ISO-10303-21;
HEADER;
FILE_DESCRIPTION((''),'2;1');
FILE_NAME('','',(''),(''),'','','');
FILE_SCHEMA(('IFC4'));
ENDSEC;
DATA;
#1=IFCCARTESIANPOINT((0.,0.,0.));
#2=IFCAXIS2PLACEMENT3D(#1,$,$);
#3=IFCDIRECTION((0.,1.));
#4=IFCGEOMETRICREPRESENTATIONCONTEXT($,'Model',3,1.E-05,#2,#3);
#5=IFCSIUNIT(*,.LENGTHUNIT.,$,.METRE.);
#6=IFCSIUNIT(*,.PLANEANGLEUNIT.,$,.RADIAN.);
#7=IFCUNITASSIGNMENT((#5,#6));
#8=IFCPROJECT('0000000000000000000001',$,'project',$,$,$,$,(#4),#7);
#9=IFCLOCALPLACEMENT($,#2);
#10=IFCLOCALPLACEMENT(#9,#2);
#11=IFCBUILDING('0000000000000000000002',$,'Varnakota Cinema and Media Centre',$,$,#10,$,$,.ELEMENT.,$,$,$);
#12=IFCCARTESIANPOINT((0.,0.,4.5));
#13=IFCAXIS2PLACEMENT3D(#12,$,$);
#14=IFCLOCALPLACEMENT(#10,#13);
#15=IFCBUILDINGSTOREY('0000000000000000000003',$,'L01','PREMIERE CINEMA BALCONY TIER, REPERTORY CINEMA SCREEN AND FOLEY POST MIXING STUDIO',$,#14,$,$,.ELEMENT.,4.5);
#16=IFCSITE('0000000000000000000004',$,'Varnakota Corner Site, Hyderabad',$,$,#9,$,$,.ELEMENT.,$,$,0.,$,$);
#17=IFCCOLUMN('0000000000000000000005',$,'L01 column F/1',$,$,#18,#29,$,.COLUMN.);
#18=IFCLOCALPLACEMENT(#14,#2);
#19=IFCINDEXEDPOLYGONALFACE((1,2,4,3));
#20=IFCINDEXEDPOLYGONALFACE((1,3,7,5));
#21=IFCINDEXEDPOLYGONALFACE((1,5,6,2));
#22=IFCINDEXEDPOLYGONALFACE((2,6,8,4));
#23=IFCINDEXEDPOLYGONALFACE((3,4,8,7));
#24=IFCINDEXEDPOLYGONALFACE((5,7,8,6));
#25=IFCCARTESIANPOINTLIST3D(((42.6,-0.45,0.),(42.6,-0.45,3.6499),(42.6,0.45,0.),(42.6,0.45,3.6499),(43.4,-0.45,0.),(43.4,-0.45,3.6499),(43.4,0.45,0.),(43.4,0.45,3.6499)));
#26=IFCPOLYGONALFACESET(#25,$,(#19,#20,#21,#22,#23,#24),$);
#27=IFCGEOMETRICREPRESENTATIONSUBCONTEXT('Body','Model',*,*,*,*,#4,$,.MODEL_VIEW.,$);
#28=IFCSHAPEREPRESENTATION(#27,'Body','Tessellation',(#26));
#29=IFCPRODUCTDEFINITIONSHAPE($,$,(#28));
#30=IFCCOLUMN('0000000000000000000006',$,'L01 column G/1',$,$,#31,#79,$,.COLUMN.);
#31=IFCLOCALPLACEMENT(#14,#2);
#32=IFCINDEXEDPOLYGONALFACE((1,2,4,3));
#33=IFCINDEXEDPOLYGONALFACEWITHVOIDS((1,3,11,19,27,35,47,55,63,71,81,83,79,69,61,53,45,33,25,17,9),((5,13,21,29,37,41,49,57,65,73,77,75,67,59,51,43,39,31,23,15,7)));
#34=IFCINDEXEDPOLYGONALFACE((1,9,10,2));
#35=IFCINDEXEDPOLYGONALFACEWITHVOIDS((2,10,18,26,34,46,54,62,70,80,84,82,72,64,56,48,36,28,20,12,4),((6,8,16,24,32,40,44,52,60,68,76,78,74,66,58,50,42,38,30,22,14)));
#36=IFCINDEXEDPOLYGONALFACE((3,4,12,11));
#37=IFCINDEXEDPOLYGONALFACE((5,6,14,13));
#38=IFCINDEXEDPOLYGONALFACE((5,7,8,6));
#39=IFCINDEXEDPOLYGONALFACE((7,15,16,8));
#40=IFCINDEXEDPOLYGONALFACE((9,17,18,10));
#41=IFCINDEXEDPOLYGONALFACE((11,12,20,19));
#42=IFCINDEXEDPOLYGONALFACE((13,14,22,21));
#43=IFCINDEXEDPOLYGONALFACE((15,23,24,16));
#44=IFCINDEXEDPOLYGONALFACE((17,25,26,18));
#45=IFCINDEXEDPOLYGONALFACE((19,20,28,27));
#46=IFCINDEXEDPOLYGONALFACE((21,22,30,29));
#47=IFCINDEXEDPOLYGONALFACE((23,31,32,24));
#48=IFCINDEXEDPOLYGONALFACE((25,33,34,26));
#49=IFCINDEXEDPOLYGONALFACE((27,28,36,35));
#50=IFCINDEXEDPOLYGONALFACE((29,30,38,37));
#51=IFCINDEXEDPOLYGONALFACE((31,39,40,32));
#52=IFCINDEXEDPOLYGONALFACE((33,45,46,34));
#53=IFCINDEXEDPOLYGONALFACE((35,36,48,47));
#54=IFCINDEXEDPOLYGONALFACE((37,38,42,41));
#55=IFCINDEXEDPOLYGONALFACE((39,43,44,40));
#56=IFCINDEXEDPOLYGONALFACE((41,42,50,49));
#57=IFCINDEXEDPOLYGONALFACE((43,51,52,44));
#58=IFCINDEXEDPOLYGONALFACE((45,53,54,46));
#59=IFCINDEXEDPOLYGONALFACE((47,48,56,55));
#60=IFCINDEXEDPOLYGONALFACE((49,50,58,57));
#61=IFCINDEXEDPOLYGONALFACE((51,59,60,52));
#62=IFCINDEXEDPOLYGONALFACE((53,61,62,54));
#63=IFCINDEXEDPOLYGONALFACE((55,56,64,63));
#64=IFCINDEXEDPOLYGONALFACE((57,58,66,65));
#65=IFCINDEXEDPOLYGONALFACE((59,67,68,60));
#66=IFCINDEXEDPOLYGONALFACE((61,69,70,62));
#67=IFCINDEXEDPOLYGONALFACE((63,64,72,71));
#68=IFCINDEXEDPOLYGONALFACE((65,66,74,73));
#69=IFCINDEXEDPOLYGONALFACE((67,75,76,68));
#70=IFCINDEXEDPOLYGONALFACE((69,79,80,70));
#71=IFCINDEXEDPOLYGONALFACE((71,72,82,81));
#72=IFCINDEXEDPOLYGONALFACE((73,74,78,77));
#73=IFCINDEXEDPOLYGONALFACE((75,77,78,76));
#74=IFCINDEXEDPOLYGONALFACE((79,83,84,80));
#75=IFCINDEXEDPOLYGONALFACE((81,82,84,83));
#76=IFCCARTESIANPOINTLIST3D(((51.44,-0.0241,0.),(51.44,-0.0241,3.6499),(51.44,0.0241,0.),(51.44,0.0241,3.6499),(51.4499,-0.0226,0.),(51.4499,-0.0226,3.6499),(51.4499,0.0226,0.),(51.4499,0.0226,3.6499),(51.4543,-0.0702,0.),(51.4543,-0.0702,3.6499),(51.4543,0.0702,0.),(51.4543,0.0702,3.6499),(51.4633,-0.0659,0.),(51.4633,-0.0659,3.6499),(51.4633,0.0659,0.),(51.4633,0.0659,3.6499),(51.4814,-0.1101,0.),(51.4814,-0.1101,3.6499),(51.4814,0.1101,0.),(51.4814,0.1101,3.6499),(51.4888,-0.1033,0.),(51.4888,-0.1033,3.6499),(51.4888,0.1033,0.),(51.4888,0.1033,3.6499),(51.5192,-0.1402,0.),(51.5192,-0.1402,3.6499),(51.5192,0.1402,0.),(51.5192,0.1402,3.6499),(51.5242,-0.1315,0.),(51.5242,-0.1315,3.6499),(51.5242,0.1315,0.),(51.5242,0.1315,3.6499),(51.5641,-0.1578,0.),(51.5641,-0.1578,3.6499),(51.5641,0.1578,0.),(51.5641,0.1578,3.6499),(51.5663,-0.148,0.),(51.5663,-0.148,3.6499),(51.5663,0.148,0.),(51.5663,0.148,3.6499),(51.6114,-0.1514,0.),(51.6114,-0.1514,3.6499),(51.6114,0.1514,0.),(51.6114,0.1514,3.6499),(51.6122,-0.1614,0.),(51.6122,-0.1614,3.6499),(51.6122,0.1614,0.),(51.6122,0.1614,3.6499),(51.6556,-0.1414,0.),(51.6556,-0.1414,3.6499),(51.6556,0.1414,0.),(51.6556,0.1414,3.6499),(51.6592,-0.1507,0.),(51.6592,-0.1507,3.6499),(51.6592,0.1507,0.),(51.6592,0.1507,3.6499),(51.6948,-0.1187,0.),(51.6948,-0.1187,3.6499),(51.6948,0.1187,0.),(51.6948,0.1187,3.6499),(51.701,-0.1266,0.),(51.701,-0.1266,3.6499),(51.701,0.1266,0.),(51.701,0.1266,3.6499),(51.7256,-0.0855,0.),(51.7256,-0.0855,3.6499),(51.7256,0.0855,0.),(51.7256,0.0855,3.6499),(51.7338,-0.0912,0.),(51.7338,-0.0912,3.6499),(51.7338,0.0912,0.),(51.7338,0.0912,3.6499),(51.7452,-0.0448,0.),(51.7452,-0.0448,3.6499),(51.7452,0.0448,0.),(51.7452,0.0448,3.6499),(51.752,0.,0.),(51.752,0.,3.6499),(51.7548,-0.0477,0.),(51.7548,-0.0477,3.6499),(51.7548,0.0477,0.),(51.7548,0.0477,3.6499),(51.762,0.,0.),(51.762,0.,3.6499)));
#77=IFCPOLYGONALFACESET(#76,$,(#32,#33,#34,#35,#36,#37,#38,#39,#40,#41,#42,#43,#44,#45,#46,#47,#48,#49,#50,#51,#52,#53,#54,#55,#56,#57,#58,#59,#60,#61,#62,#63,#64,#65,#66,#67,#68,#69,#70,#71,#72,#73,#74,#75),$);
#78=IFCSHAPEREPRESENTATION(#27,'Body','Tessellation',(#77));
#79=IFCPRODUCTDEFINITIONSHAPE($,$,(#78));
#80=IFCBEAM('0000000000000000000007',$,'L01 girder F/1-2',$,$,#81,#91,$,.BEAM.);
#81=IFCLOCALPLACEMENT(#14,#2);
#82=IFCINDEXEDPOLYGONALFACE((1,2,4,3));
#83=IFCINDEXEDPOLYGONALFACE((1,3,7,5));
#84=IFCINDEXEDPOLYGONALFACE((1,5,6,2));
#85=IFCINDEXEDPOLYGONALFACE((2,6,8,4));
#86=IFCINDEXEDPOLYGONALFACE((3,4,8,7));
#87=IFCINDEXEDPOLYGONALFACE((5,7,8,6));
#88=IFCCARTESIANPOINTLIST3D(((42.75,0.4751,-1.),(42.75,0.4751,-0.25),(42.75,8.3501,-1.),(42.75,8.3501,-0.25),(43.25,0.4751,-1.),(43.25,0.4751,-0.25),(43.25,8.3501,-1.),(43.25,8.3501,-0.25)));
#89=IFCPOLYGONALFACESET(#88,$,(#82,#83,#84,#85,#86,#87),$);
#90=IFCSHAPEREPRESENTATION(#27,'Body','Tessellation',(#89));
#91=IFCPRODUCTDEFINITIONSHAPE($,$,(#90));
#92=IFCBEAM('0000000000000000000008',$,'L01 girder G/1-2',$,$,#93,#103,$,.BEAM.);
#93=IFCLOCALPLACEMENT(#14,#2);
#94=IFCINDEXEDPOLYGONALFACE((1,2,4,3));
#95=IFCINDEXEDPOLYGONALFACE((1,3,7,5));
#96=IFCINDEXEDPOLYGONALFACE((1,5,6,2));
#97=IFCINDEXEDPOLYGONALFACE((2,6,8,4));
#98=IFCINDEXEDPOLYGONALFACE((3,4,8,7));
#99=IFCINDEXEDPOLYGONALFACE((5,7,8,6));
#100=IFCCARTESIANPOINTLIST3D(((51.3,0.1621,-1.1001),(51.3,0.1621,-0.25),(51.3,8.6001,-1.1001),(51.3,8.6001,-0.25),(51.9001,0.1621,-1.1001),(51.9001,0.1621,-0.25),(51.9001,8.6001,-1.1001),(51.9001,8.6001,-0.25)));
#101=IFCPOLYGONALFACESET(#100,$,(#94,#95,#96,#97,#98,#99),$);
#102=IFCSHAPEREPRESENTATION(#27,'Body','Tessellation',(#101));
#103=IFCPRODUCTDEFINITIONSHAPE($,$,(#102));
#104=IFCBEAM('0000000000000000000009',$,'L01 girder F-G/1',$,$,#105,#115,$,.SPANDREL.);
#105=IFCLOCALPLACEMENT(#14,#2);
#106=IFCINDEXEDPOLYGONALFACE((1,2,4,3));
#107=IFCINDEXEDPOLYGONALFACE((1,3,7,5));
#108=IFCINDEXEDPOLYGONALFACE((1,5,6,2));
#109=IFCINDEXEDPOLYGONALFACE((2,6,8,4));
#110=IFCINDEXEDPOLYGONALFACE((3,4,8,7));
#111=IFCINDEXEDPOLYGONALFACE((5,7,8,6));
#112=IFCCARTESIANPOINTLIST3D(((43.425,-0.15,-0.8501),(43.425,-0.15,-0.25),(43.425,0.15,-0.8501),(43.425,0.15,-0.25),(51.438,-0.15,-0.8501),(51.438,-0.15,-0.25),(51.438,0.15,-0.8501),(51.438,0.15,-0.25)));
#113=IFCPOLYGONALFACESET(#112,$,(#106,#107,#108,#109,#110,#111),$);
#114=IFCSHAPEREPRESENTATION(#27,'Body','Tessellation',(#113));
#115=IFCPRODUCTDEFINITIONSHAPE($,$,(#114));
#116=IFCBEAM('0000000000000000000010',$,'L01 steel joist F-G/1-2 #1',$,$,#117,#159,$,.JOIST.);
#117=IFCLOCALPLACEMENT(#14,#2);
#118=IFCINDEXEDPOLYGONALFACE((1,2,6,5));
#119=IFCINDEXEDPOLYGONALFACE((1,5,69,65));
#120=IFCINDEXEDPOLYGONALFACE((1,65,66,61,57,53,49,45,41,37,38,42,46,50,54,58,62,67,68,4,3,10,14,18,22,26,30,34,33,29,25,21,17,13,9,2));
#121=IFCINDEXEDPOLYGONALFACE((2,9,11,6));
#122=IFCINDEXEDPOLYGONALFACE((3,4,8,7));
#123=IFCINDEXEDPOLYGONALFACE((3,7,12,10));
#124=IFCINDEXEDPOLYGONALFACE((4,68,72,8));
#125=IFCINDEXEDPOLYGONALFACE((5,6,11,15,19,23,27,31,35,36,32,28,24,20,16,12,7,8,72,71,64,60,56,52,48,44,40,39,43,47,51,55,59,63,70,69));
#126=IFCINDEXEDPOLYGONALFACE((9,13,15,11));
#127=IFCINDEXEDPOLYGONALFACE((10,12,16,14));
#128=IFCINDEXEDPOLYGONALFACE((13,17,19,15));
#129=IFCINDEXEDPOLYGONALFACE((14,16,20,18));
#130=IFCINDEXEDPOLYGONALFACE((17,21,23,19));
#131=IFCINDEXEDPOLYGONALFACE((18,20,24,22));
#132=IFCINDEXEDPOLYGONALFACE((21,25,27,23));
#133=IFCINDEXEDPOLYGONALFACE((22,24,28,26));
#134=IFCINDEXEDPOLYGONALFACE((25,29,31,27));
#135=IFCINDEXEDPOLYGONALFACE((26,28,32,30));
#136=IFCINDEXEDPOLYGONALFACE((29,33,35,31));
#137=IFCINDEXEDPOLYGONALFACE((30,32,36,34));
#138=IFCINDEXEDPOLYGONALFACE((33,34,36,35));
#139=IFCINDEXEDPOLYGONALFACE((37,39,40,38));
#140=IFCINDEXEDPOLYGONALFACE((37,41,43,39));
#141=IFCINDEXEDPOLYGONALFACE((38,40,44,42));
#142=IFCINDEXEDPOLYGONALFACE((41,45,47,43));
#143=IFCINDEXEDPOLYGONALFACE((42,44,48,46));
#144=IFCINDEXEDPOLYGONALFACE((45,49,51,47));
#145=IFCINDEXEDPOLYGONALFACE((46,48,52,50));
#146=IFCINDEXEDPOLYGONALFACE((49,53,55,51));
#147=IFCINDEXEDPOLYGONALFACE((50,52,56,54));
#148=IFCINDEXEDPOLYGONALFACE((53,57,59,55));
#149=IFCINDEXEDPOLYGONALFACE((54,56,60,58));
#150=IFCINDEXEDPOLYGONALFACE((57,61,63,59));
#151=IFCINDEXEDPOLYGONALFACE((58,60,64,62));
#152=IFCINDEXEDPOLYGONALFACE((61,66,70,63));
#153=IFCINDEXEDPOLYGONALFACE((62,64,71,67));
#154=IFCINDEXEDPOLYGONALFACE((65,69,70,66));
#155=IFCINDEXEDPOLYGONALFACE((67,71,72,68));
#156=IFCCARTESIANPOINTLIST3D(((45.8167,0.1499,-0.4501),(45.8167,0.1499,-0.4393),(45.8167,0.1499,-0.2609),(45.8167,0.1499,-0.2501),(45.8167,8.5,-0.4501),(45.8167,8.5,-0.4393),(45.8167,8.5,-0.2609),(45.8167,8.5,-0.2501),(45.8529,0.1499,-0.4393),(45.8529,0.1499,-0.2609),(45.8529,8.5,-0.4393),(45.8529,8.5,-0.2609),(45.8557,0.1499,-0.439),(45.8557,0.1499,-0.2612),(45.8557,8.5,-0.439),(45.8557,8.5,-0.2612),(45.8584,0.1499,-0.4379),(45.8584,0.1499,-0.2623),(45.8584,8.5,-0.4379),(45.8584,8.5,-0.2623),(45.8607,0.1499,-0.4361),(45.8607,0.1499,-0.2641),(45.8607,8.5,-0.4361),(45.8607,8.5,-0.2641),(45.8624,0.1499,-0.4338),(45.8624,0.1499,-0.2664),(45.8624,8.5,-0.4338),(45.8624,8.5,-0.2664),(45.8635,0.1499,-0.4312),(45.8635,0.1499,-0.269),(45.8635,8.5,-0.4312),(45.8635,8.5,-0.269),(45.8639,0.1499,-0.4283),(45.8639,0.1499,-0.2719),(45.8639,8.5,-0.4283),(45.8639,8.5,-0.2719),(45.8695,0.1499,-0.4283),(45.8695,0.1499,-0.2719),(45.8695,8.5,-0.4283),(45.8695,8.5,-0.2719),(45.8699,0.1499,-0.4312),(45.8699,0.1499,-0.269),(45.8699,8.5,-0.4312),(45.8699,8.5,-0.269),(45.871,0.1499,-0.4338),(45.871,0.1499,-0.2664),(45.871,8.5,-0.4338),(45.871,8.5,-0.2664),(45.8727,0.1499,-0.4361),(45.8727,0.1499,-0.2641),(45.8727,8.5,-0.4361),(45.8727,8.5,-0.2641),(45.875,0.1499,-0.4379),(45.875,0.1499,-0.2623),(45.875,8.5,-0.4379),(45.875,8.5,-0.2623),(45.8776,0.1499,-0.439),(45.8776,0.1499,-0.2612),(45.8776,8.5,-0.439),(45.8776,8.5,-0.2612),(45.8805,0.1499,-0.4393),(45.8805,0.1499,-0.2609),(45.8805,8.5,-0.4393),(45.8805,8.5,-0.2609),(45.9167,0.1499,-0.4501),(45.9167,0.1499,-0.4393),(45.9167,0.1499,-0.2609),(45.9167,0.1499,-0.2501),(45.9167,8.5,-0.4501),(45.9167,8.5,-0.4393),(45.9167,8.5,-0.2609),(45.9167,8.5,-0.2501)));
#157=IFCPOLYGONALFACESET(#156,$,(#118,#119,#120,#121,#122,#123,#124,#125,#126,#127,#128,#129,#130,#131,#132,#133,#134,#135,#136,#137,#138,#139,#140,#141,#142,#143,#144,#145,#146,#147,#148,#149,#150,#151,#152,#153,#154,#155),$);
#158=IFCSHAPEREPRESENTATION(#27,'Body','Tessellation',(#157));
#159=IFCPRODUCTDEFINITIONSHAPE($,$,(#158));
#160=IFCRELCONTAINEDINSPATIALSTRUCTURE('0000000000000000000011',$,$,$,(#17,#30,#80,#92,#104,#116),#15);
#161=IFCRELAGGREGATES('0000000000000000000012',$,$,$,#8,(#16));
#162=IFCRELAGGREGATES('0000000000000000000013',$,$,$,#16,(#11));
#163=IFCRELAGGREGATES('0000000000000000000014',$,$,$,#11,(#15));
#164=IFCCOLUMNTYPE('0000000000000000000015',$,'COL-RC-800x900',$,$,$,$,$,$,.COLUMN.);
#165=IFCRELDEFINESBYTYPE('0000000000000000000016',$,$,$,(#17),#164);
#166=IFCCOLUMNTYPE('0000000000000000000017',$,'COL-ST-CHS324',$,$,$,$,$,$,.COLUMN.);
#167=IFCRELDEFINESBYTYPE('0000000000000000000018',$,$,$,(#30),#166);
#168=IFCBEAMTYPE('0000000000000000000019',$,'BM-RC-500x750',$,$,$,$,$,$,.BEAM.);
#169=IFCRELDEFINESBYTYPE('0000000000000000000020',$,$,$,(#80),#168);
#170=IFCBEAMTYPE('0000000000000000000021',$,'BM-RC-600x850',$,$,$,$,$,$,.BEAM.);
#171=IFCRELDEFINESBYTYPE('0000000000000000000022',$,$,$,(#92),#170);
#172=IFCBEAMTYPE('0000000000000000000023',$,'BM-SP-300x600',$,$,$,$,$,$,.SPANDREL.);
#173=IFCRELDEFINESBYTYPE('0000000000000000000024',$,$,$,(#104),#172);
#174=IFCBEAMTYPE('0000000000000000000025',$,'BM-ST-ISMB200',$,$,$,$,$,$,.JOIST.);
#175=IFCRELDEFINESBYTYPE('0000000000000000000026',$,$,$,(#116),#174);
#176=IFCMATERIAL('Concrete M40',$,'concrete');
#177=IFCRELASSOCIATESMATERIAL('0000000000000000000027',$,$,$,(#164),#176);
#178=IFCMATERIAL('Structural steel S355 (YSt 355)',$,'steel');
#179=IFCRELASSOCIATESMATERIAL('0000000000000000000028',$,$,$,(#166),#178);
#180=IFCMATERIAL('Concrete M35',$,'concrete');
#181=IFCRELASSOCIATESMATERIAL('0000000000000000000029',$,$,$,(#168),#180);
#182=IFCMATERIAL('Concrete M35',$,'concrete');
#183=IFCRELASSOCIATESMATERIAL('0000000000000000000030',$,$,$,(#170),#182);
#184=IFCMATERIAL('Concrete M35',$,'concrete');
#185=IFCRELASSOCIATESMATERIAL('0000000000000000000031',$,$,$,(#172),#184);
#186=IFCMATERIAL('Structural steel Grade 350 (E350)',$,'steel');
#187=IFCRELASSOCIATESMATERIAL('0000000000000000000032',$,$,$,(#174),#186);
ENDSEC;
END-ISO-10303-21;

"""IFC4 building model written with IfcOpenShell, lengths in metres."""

from ifc_helpers import new_model, si_unit, direction, frame, origin, origin_2d, place, context, subcontext, project, spatial, rectangle, hollow_circle, i_section, extrude, material, material_profile, profile_set, type_object, element, save


model = new_model("IFC4")

# Units and contexts
model_context = context("Model", 3, precision=1e-05, world=origin(), true_north=direction((0.0, 1.0)))
body_context = subcontext(model_context, "Body", "Model", "MODEL_VIEW")
ifc_project = project(units=[si_unit("LENGTHUNIT", "METRE"), si_unit("PLANEANGLEUNIT", "RADIAN")], contexts=[model_context])

# Site, building, storey
site_placement = place(None, origin())
site = spatial("IfcSite", under=ifc_project, at=site_placement, Name="Varnakota Corner Site, Hyderabad", CompositionType="ELEMENT", RefElevation=0.0)
building_placement = place(site_placement, origin())
building = spatial("IfcBuilding", under=site, at=building_placement, Name="Varnakota Cinema and Media Centre", CompositionType="ELEMENT")
storey_placement = place(building_placement, frame((0.0, 0.0, 4.5)))
storey = spatial("IfcBuildingStorey", under=building, at=storey_placement, Name="L01", Description="PREMIERE CINEMA BALCONY TIER, REPERTORY CINEMA SCREEN AND FOLEY POST MIXING STUDIO", CompositionType="ELEMENT", Elevation=4.5)

# Columns
ifc_material_1 = material(Name="Concrete M40", Category="concrete")
ifc_material_profile_1 = material_profile(ifc_material_1, rectangle(XDim=0.8, YDim=0.8999, at=origin_2d()), Name="RC 800x900")
ifc_profile_set_1 = profile_set([ifc_material_profile_1], Name="Concrete M40")
column_type_1 = type_object("IfcColumnType", Name="COL-RC-800x900", PredefinedType="COLUMN", material=ifc_profile_set_1)
column_1_placement = place(storey_placement, frame((43.0, 0.0, 0.0), z_axis=(0.0, 0.0, 1.0), x_axis=(1.0, 0.0, 0.0)))
element("IfcColumn", 1, at=column_1_placement, inside=storey, type_object=column_type_1, Name="L01 column F/1", PredefinedType="COLUMN", context=body_context, shape_type="SweptSolid", body=[
    extrude(rectangle(XDim=0.8, YDim=0.8999, at=origin_2d()), origin(), (0.0, 0.0, 1.0), 3.6499),
])
ifc_material_2 = material(Name="Structural steel S355 (YSt 355)", Category="steel")
ifc_material_profile_2 = material_profile(ifc_material_2, hollow_circle(Radius=0.1619, WallThickness=0.01, at=origin_2d()), Name="CHS 323.9x10.0")
ifc_profile_set_2 = profile_set([ifc_material_profile_2], Name="Structural steel S355 (YSt 355)")
column_type_2 = type_object("IfcColumnType", Name="COL-ST-CHS324", PredefinedType="COLUMN", material=ifc_profile_set_2)
column_2_placement = place(storey_placement, frame((51.6001, 0.0, 0.0), z_axis=(0.0, 0.0, 1.0), x_axis=(1.0, 0.0, 0.0)))
element("IfcColumn", 2, at=column_2_placement, inside=storey, type_object=column_type_2, Name="L01 column G/1", PredefinedType="COLUMN", context=body_context, shape_type="SweptSolid", body=[
    extrude(hollow_circle(Radius=0.1619, WallThickness=0.01, at=origin_2d()), origin(), (0.0, 0.0, 1.0), 3.6499),
])

# Beams
ifc_material_3 = material(Name="Concrete M35", Category="concrete")
ifc_material_profile_3 = material_profile(ifc_material_3, rectangle(XDim=0.5, YDim=0.75, at=origin_2d()), Name="RCB 500x750")
ifc_profile_set_3 = profile_set([ifc_material_profile_3], Name="Concrete M35")
beam_type_1 = type_object("IfcBeamType", Name="BM-RC-500x750", PredefinedType="BEAM", material=ifc_profile_set_3)
beam_1_placement = place(storey_placement, frame((43.0, 0.4751, -0.625), z_axis=(0.0, 1.0, 0.0), x_axis=(-1.0, 0.0, 0.0)))
element("IfcBeam", 3, at=beam_1_placement, inside=storey, type_object=beam_type_1, Name="L01 girder F/1-2", PredefinedType="BEAM", context=body_context, shape_type="SweptSolid", body=[
    extrude(rectangle(XDim=0.5, YDim=0.75, at=origin_2d()), origin(), (0.0, 0.0, 1.0), 7.875),
])
ifc_material_4 = material(Name="Concrete M35", Category="concrete")
ifc_material_profile_4 = material_profile(ifc_material_4, rectangle(XDim=0.6001, YDim=0.8501, at=origin_2d()), Name="RCB 600x850")
ifc_profile_set_4 = profile_set([ifc_material_profile_4], Name="Concrete M35")
beam_type_2 = type_object("IfcBeamType", Name="BM-RC-600x850", PredefinedType="BEAM", material=ifc_profile_set_4)
beam_2_placement = place(storey_placement, frame((51.6001, 0.1621, -0.675), z_axis=(0.0, 1.0, 0.0), x_axis=(-1.0, 0.0, 0.0)))
element("IfcBeam", 4, at=beam_2_placement, inside=storey, type_object=beam_type_2, Name="L01 girder G/1-2", PredefinedType="BEAM", context=body_context, shape_type="SweptSolid", body=[
    extrude(rectangle(XDim=0.6001, YDim=0.8501, at=origin_2d()), origin(), (0.0, 0.0, 1.0), 8.438),
])
ifc_material_5 = material(Name="Concrete M35", Category="concrete")
ifc_material_profile_5 = material_profile(ifc_material_5, rectangle(XDim=0.3, YDim=0.6001, at=origin_2d()), Name="RCB 300x600")
ifc_profile_set_5 = profile_set([ifc_material_profile_5], Name="Concrete M35")
beam_type_3 = type_object("IfcBeamType", Name="BM-SP-300x600", PredefinedType="SPANDREL", material=ifc_profile_set_5)
beam_3_placement = place(storey_placement, frame((43.425, 0.0, -0.55), z_axis=(1.0, 0.0, 0.0), x_axis=(0.0, 1.0, 0.0)))
element("IfcBeam", 5, at=beam_3_placement, inside=storey, type_object=beam_type_3, Name="L01 girder F-G/1", PredefinedType="SPANDREL", context=body_context, shape_type="SweptSolid", body=[
    extrude(rectangle(XDim=0.3, YDim=0.6001, at=origin_2d()), origin(), (0.0, 0.0, 1.0), 8.0129),
])
ifc_material_6 = material(Name="Structural steel Grade 350 (E350)", Category="steel")
ifc_material_profile_6 = material_profile(ifc_material_6, i_section(OverallWidth=0.1001, OverallDepth=0.2, WebThickness=0.0056, FlangeThickness=0.0107, FilletRadius=0.011, at=origin_2d()), Name="ISMB 200")
ifc_profile_set_6 = profile_set([ifc_material_profile_6], Name="Structural steel Grade 350 (E350)")
beam_type_4 = type_object("IfcBeamType", Name="BM-ST-ISMB200", PredefinedType="JOIST", material=ifc_profile_set_6)
for number, where, z_axis, x_axis, name in (
    (6, (45.8667, 0.1499, -0.3501), (0.0, 1.0, 0.0), (-1.0, 0.0, 0.0), "L01 steel joist F-G/1-2 #1"),
):
    element("IfcBeam", number, at=place(storey_placement, frame(where, z_axis=z_axis, x_axis=x_axis)), inside=storey, type_object=beam_type_4, Name=name, PredefinedType="JOIST", context=body_context, shape_type="SweptSolid", body=[
        extrude(i_section(OverallWidth=0.1001, OverallDepth=0.2, WebThickness=0.0056, FlangeThickness=0.0107, FilletRadius=0.011, at=origin_2d()), origin(), (0.0, 0.0, 1.0), 8.3501),
    ])

save(model, "model.ifc")
